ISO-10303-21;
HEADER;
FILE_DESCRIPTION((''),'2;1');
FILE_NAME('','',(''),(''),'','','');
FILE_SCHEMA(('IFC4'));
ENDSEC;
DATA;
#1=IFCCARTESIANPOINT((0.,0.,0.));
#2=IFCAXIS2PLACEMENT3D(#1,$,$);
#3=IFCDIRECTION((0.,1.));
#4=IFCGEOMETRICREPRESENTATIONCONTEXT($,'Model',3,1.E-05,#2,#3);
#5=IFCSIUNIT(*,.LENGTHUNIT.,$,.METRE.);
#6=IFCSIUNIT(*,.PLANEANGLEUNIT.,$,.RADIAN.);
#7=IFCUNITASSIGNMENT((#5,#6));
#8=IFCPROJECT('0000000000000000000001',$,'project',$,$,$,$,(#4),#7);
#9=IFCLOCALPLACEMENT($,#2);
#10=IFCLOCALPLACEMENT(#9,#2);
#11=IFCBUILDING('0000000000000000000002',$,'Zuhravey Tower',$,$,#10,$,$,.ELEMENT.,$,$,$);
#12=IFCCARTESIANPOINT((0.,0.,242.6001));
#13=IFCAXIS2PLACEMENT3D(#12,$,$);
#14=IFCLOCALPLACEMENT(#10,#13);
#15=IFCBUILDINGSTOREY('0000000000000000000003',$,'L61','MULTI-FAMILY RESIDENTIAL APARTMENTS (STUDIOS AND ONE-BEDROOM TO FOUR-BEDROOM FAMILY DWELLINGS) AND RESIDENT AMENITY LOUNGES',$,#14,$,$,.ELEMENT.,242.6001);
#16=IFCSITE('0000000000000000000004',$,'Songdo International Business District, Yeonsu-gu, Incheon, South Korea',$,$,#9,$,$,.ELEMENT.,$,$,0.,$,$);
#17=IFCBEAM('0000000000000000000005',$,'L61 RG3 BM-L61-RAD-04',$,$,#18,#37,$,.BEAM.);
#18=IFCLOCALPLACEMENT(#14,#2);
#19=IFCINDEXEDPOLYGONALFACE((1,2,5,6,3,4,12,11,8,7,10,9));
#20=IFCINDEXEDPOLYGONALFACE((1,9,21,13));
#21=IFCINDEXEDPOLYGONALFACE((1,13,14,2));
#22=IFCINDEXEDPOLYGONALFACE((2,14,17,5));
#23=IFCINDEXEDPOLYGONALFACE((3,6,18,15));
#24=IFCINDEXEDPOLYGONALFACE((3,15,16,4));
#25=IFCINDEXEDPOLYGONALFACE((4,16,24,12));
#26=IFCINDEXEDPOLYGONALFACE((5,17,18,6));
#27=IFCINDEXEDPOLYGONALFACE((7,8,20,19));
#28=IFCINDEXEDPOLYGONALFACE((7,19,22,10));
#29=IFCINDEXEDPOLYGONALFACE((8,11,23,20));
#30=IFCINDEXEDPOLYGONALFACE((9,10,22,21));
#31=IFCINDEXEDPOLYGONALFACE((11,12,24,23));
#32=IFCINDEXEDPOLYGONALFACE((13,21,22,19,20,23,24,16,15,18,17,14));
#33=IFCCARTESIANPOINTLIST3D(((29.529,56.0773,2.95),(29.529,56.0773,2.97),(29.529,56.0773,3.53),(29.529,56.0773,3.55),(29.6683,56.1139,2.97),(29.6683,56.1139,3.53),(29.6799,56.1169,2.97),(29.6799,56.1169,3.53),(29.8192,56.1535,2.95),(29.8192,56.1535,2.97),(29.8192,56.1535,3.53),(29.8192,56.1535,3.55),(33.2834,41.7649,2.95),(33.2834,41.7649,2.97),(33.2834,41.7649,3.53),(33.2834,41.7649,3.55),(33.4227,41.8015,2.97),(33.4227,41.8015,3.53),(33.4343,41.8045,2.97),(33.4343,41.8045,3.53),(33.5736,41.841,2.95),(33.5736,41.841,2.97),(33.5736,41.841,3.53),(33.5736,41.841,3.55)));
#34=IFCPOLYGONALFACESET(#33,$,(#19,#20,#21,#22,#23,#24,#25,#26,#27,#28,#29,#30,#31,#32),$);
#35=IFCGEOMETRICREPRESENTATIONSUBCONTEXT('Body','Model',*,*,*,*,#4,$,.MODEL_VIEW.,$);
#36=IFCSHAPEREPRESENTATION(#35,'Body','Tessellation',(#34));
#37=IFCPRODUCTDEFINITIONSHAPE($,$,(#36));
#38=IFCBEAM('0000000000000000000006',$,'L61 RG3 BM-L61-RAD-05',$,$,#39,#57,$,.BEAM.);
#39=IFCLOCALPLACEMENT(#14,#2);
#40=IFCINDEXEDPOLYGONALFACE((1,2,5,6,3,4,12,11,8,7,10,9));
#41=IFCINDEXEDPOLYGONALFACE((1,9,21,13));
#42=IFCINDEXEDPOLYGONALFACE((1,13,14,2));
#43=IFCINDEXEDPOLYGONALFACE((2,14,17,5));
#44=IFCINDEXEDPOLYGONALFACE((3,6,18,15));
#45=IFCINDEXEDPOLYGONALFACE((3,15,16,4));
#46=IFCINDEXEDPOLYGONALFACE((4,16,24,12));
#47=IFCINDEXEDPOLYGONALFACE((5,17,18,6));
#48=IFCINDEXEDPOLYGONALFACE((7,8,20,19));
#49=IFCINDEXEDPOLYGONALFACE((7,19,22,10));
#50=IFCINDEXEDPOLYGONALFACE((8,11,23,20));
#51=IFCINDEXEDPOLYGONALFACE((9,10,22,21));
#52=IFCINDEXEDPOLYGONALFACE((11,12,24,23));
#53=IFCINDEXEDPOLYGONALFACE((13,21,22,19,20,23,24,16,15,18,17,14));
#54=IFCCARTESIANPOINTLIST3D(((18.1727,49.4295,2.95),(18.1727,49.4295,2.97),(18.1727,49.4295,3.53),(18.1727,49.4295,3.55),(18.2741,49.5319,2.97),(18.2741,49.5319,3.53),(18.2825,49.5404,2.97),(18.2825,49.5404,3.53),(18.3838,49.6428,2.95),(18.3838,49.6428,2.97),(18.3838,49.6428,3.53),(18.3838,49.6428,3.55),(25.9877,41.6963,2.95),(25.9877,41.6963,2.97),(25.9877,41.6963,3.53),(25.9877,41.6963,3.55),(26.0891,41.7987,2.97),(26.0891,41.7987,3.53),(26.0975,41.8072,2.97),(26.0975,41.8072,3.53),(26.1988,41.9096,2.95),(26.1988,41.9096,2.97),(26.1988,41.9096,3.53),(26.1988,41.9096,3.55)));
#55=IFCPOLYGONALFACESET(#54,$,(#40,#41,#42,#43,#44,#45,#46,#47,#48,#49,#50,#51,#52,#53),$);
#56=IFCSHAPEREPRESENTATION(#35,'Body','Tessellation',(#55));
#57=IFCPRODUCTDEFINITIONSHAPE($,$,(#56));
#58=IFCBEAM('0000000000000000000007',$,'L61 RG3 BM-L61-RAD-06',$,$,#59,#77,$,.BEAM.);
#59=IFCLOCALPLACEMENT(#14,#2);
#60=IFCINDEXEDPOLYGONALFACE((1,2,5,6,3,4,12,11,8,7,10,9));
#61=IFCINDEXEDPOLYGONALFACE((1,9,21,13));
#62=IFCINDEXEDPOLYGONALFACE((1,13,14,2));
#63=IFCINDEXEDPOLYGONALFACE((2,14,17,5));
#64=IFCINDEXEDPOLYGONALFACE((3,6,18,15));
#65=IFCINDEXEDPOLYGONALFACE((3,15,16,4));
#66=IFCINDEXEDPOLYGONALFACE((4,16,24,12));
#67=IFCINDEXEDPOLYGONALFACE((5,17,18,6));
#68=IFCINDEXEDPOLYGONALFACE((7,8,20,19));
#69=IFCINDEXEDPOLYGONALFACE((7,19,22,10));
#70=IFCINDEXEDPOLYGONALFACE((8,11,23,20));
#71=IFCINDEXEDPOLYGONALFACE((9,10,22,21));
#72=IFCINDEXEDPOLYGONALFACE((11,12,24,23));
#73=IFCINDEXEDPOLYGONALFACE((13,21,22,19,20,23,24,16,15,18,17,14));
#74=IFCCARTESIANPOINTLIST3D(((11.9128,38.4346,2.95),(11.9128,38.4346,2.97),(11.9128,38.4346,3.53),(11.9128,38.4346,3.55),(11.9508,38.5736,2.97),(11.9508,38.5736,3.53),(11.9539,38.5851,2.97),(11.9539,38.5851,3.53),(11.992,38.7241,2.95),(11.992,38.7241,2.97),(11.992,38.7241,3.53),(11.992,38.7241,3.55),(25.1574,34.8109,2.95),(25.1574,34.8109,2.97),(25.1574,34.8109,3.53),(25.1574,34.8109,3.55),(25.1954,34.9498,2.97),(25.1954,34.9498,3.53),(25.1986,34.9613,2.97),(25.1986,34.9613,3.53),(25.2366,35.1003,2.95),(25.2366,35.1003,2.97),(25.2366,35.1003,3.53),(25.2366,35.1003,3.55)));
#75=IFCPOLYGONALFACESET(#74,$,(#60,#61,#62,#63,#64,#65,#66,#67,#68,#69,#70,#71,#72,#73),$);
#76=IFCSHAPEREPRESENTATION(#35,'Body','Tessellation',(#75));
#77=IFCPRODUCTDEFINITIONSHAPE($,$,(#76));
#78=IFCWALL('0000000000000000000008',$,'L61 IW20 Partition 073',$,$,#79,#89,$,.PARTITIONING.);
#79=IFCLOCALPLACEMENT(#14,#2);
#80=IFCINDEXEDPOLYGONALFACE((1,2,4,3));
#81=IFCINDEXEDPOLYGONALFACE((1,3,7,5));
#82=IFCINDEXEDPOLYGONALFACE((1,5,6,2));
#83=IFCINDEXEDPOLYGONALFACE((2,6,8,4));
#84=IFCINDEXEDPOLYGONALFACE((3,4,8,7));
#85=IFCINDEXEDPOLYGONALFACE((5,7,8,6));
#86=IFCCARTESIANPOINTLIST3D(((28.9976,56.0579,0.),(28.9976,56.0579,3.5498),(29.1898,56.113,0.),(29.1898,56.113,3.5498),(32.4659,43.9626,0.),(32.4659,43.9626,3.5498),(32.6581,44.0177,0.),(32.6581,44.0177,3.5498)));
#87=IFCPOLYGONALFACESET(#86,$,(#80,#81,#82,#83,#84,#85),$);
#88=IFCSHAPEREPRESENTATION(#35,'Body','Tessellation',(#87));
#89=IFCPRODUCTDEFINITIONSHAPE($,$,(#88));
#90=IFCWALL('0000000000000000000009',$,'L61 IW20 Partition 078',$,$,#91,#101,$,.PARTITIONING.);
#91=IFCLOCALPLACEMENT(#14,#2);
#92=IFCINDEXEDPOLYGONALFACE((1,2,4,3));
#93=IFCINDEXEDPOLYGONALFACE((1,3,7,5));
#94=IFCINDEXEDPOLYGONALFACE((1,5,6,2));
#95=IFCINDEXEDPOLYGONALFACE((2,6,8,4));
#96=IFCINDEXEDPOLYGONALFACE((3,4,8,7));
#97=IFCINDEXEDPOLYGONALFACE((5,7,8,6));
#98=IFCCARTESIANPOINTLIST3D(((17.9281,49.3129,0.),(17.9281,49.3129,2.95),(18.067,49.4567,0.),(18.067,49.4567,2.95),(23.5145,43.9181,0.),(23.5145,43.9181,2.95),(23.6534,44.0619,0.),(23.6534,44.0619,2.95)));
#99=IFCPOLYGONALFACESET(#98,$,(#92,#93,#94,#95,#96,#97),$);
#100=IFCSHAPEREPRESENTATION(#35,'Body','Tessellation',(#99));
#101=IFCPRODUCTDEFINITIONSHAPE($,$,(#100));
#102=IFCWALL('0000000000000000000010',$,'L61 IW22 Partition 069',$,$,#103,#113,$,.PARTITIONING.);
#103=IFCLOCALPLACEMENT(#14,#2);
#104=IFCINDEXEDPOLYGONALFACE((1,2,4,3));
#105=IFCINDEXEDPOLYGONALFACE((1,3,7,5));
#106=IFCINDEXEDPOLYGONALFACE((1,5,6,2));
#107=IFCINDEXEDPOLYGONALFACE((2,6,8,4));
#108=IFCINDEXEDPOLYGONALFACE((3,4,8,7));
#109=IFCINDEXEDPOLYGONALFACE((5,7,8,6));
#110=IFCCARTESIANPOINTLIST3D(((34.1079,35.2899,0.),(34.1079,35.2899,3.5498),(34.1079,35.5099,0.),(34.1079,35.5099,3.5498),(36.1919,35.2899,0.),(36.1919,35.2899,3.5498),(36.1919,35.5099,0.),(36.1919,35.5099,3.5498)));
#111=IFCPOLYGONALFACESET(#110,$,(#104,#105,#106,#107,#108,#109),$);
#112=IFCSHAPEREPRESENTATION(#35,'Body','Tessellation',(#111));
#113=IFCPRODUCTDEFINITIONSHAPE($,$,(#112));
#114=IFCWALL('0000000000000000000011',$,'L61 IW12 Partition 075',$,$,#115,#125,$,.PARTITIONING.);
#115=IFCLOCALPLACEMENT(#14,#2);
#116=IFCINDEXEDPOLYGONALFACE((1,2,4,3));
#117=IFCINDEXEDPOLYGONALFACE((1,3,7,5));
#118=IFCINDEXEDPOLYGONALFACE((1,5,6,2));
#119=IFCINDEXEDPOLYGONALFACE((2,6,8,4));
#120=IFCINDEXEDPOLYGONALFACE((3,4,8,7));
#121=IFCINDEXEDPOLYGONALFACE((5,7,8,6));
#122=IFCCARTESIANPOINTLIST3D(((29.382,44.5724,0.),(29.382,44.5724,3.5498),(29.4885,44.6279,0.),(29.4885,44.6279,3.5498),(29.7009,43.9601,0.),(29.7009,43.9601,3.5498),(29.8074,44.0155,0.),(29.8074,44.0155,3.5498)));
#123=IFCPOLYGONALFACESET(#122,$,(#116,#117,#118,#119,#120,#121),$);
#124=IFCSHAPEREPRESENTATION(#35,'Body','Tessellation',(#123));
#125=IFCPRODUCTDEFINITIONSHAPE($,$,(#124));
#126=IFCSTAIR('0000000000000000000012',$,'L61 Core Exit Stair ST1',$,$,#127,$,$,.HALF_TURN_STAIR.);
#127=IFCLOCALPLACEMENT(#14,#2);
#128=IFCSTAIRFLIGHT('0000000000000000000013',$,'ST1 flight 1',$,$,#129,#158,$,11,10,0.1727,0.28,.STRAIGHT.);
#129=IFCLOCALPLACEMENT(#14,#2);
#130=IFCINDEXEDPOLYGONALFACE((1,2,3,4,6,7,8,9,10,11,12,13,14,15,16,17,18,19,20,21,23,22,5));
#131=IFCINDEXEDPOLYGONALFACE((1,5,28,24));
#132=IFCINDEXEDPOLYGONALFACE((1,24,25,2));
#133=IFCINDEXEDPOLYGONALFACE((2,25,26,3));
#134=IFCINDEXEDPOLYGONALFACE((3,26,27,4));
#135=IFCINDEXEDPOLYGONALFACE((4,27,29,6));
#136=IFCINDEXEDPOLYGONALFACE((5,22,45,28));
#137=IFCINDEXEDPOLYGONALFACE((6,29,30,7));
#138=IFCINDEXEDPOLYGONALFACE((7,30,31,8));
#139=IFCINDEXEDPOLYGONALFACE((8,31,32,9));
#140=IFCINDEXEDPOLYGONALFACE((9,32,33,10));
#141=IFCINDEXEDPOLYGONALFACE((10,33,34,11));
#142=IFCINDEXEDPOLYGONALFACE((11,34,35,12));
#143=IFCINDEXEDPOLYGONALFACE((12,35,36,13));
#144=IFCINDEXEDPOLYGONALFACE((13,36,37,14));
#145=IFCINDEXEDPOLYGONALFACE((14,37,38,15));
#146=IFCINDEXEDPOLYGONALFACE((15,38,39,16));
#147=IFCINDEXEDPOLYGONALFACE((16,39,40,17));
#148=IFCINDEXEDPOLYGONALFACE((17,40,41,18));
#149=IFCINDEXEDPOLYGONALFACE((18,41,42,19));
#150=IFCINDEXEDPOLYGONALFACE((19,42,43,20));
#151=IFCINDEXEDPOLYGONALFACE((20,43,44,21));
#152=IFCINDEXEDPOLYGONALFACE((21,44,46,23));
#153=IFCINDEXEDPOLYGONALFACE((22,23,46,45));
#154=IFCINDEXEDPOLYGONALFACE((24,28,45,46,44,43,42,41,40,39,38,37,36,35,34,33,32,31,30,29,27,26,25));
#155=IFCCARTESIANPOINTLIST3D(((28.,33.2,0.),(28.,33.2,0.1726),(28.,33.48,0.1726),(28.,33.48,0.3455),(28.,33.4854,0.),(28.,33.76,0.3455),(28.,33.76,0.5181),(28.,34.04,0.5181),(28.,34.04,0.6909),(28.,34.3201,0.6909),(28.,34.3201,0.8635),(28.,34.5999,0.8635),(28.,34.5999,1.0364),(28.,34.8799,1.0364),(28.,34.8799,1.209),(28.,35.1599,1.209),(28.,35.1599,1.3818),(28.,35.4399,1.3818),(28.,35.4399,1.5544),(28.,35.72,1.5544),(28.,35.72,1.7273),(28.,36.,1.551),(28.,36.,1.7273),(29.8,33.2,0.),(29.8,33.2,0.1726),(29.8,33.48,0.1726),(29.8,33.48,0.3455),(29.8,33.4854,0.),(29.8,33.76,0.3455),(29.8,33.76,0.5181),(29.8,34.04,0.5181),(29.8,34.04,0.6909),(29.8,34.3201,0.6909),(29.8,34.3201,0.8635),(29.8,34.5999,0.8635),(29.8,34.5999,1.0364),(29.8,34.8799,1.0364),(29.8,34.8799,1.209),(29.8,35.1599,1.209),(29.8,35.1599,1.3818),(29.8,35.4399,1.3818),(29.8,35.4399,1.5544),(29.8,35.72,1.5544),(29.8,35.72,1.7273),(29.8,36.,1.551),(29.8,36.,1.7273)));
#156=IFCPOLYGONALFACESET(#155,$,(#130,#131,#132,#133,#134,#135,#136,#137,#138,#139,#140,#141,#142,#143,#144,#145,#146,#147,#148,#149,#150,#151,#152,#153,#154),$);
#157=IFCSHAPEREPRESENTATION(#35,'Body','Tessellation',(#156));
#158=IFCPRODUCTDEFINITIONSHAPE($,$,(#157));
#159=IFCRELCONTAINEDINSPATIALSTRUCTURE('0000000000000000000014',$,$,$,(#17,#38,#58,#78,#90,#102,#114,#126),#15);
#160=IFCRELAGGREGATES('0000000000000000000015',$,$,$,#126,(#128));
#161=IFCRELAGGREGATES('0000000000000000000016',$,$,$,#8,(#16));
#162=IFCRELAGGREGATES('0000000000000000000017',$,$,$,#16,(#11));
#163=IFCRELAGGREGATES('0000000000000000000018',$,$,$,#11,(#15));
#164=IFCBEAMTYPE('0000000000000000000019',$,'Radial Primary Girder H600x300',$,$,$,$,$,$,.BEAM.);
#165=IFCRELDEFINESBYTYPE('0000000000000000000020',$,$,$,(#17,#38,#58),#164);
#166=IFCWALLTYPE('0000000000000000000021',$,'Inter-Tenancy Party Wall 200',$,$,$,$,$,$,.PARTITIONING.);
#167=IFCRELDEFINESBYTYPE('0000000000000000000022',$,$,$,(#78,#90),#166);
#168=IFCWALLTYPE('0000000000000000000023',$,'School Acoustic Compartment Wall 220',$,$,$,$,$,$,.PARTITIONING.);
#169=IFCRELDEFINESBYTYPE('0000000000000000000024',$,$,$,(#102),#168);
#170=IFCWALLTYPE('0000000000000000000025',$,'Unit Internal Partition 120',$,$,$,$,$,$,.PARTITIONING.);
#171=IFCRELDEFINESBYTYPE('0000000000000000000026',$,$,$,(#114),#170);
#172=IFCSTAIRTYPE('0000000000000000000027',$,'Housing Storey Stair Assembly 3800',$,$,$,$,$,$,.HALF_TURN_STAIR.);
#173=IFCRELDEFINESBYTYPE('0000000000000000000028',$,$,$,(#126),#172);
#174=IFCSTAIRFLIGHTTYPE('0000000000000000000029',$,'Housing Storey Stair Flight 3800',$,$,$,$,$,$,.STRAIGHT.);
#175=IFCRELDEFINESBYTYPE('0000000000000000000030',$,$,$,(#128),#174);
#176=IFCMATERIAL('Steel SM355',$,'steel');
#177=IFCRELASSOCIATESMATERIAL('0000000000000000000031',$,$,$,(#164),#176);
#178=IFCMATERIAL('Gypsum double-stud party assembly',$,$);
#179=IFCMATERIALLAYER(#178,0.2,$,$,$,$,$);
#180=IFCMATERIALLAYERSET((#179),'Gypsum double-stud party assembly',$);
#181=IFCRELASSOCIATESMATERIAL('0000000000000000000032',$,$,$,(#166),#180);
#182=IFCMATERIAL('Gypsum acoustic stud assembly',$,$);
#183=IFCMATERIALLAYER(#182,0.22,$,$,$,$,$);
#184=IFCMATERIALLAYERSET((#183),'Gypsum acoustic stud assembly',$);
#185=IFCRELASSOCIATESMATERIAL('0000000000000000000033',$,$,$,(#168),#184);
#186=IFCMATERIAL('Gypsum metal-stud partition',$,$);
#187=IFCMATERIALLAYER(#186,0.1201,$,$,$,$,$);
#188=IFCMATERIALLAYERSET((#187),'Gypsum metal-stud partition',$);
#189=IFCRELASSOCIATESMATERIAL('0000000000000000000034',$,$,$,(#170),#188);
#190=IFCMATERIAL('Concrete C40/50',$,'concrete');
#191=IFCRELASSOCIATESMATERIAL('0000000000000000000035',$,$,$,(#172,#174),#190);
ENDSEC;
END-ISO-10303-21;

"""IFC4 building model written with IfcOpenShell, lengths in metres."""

from ifc_helpers import new_model, si_unit, direction, frame, frame_2d, origin, origin_2d, place, context, subcontext, project, spatial, polyline, rectangle, i_section, outline, extrude, material, layer, layer_set, material_profile, profile_set, type_object, element, aggregate, save


model = new_model("IFC4")

# Units and contexts
model_context = context("Model", 3, precision=1e-05, world=origin(), true_north=direction((0.0, 1.0)))
body_context = subcontext(model_context, "Body", "Model", "MODEL_VIEW")
ifc_project = project(units=[si_unit("LENGTHUNIT", "METRE"), si_unit("PLANEANGLEUNIT", "RADIAN")], contexts=[model_context])

# Site, building, storey
site_placement = place(None, origin())
site = spatial("IfcSite", under=ifc_project, at=site_placement, Name="Songdo International Business District, Yeonsu-gu, Incheon, South Korea", CompositionType="ELEMENT", RefElevation=0.0)
building_placement = place(site_placement, origin())
building = spatial("IfcBuilding", under=site, at=building_placement, Name="Zuhravey Tower", CompositionType="ELEMENT")
storey_placement = place(building_placement, frame((0.0, 0.0, 242.6001)))
storey = spatial("IfcBuildingStorey", under=building, at=storey_placement, Name="L61", Description="MULTI-FAMILY RESIDENTIAL APARTMENTS (STUDIOS AND ONE-BEDROOM TO FOUR-BEDROOM FAMILY DWELLINGS) AND RESIDENT AMENITY LOUNGES", CompositionType="ELEMENT", Elevation=242.6001)

# Beams
ifc_material_1 = material(Name="Steel SM355", Category="steel")
ifc_material_profile = material_profile(ifc_material_1, i_section(OverallWidth=0.3, OverallDepth=0.6001, WebThickness=0.012, FlangeThickness=0.02, at=origin_2d()), Name="H-600x300x12x20")
ifc_profile_set = profile_set([ifc_material_profile], Name="Steel SM355")
beam_type = type_object("IfcBeamType", Name="Radial Primary Girder H600x300", PredefinedType="BEAM", material=ifc_profile_set)
beam_1_placement = place(storey_placement, frame((33.4285, 41.803, 3.25), z_axis=(-0.253731, 0.967275, 0.0), x_axis=(-0.967275, -0.253731, 0.0)))
element("IfcBeam", 1, at=beam_1_placement, inside=storey, type_object=beam_type, Name="L61 RG3 BM-L61-RAD-04", PredefinedType="BEAM", context=body_context, shape_type="SweptSolid", body=[
    extrude(i_section(OverallWidth=0.3, OverallDepth=0.6001, WebThickness=0.012, FlangeThickness=0.02, at=origin_2d()), origin(), (0.0, 0.0, 1.0), 14.7966),
])
beam_2_placement = place(storey_placement, frame((26.0933, 41.803, 3.25), z_axis=(-0.710817, 0.703377, 0.0), x_axis=(-0.703377, -0.710817, 0.0)))
element("IfcBeam", 2, at=beam_2_placement, inside=storey, type_object=beam_type, Name="L61 RG3 BM-L61-RAD-05", PredefinedType="BEAM", context=body_context, shape_type="SweptSolid", body=[
    extrude(i_section(OverallWidth=0.3, OverallDepth=0.6001, WebThickness=0.012, FlangeThickness=0.02, at=origin_2d()), origin(), (0.0, 0.0, 1.0), 10.9944),
])
beam_3_placement = place(storey_placement, frame((25.197, 34.9556, 3.25), z_axis=(-0.964549, 0.263904, 0.0), x_axis=(-0.263904, -0.964549, 0.0)))
element("IfcBeam", 3, at=beam_3_placement, inside=storey, type_object=beam_type, Name="L61 RG3 BM-L61-RAD-06", PredefinedType="BEAM", context=body_context, shape_type="SweptSolid", body=[
    extrude(i_section(OverallWidth=0.3, OverallDepth=0.6001, WebThickness=0.012, FlangeThickness=0.02, at=origin_2d()), origin(), (0.0, 0.0, 1.0), 13.7314),
])

# Walls
ifc_material_2 = material(Name="Gypsum double-stud party assembly")
ifc_layer_1 = layer(ifc_material_2, 0.2)
ifc_layer_set_1 = layer_set([ifc_layer_1], Name="Gypsum double-stud party assembly")
wall_type_1 = type_object("IfcWallType", Name="Inter-Tenancy Party Wall 200", PredefinedType="PARTITIONING", material=ifc_layer_set_1)
wall_1_placement = place(storey_placement, frame((32.562, 43.99, 0.0), z_axis=(0.0, 0.0, 1.0), x_axis=(-0.275638, 0.961261, 0.0)))
element("IfcWall", 4, at=wall_1_placement, inside=storey, type_object=wall_type_1, Name="L61 IW20 Partition 073", PredefinedType="PARTITIONING", context=body_context, shape_type="SweptSolid", body=[
    extrude(rectangle(XDim=12.5828, YDim=0.2, at=frame_2d((6.2915, 0.0))), origin(), (0.0, 0.0, 1.0), 3.5498),
])
wall_2_placement = place(storey_placement, frame((23.584, 43.99, 0.0), z_axis=(0.0, 0.0, 1.0), x_axis=(-0.719338, 0.69466, 0.0)))
element("IfcWall", 5, at=wall_2_placement, inside=storey, type_object=wall_type_1, Name="L61 IW20 Partition 078", PredefinedType="PARTITIONING", context=body_context, shape_type="SweptSolid", body=[
    extrude(rectangle(XDim=7.7661, YDim=0.2, at=frame_2d((3.8831, 0.0))), origin(), (0.0, 0.0, 1.0), 2.95),
])
ifc_material_3 = material(Name="Gypsum acoustic stud assembly")
ifc_layer_2 = layer(ifc_material_3, 0.22)
ifc_layer_set_2 = layer_set([ifc_layer_2], Name="Gypsum acoustic stud assembly")
wall_type_2 = type_object("IfcWallType", Name="School Acoustic Compartment Wall 220", PredefinedType="PARTITIONING", material=ifc_layer_set_2)
wall_3_placement = place(storey_placement, frame((34.1079, 35.3999, 0.0), z_axis=(0.0, 0.0, 1.0), x_axis=(1.0, 0.0, 0.0)))
element("IfcWall", 6, at=wall_3_placement, inside=storey, type_object=wall_type_2, Name="L61 IW22 Partition 069", PredefinedType="PARTITIONING", context=body_context, shape_type="SweptSolid", body=[
    extrude(rectangle(XDim=2.084, YDim=0.22, at=frame_2d((1.042, 0.0))), origin(), (0.0, 0.0, 1.0), 3.5498),
])
ifc_material_4 = material(Name="Gypsum metal-stud partition")
ifc_layer_3 = layer(ifc_material_4, 0.1201)
ifc_layer_set_3 = layer_set([ifc_layer_3], Name="Gypsum metal-stud partition")
wall_type_3 = type_object("IfcWallType", Name="Unit Internal Partition 120", PredefinedType="PARTITIONING", material=ifc_layer_set_3)
wall_4_placement = place(storey_placement, frame((29.7542, 43.9878, 0.0), z_axis=(0.0, 0.0, 1.0), x_axis=(-0.461865, 0.88695, 0.0)))
element("IfcWall", 7, at=wall_4_placement, inside=storey, type_object=wall_type_3, Name="L61 IW12 Partition 075", PredefinedType="PARTITIONING", context=body_context, shape_type="SweptSolid", body=[
    extrude(rectangle(XDim=0.6904, YDim=0.1201, at=frame_2d((0.3452, 0.0))), origin(), (0.0, 0.0, 1.0), 3.5498),
])

# Stair, stair flight
ifc_material_5 = material(Name="Concrete C40/50", Category="concrete")
stair_type = type_object("IfcStairType", Name="Housing Storey Stair Assembly 3800", PredefinedType="HALF_TURN_STAIR", material=ifc_material_5)
stair_1_placement = place(storey_placement, origin())
stair_1 = element("IfcStair", 8, at=stair_1_placement, inside=storey, type_object=stair_type, Name="L61 Core Exit Stair ST1", PredefinedType="HALF_TURN_STAIR")
stair_flight_type = type_object("IfcStairFlightType", Name="Housing Storey Stair Flight 3800", PredefinedType="STRAIGHT", material=ifc_material_5)
stair_flight_1_placement = place(storey_placement, frame((28.8999, 33.2, 0.0), z_axis=(0.0, 0.0, 1.0), x_axis=(0.0, 1.0, 0.0)))
stair_flight_1 = element("IfcStairFlight", 9, at=stair_flight_1_placement, type_object=stair_flight_type, Name="ST1 flight 1", NumberOfRisers=11, NumberOfTreads=10, PredefinedType="STRAIGHT", RiserHeight=0.1727, TreadLength=0.28, context=body_context, shape_type="SweptSolid", body=[
    extrude(outline(polyline([(0.0, 0.0), (0.0, 0.1726), (0.28, 0.1726), (0.28, 0.3455), (0.5601, 0.3455), (0.5601, 0.5181), (0.8401, 0.5181), (0.8401, 0.6909), (1.1201, 0.6909), (1.1201, 0.8635), (1.3999, 0.8635), (1.3999, 1.0364), (1.6799, 1.0364), (1.6799, 1.209), (1.96, 1.209), (1.96, 1.3818), (2.24, 1.3818), (2.24, 1.5544), (2.52, 1.5544), (2.52, 1.7273), (2.8, 1.7273), (2.8, 1.8999), (2.8, 1.551), (0.2854, 0.0), (0.0, 0.0)])), frame((0.0, 0.8999, 0.0), z_axis=(0.0, -1.0, 0.0), x_axis=(1.0, 0.0, 0.0)), (0.0, 0.0, 1.0), 1.8),
])
aggregate(stair_1, [stair_flight_1])

save(model, "model.ifc")
